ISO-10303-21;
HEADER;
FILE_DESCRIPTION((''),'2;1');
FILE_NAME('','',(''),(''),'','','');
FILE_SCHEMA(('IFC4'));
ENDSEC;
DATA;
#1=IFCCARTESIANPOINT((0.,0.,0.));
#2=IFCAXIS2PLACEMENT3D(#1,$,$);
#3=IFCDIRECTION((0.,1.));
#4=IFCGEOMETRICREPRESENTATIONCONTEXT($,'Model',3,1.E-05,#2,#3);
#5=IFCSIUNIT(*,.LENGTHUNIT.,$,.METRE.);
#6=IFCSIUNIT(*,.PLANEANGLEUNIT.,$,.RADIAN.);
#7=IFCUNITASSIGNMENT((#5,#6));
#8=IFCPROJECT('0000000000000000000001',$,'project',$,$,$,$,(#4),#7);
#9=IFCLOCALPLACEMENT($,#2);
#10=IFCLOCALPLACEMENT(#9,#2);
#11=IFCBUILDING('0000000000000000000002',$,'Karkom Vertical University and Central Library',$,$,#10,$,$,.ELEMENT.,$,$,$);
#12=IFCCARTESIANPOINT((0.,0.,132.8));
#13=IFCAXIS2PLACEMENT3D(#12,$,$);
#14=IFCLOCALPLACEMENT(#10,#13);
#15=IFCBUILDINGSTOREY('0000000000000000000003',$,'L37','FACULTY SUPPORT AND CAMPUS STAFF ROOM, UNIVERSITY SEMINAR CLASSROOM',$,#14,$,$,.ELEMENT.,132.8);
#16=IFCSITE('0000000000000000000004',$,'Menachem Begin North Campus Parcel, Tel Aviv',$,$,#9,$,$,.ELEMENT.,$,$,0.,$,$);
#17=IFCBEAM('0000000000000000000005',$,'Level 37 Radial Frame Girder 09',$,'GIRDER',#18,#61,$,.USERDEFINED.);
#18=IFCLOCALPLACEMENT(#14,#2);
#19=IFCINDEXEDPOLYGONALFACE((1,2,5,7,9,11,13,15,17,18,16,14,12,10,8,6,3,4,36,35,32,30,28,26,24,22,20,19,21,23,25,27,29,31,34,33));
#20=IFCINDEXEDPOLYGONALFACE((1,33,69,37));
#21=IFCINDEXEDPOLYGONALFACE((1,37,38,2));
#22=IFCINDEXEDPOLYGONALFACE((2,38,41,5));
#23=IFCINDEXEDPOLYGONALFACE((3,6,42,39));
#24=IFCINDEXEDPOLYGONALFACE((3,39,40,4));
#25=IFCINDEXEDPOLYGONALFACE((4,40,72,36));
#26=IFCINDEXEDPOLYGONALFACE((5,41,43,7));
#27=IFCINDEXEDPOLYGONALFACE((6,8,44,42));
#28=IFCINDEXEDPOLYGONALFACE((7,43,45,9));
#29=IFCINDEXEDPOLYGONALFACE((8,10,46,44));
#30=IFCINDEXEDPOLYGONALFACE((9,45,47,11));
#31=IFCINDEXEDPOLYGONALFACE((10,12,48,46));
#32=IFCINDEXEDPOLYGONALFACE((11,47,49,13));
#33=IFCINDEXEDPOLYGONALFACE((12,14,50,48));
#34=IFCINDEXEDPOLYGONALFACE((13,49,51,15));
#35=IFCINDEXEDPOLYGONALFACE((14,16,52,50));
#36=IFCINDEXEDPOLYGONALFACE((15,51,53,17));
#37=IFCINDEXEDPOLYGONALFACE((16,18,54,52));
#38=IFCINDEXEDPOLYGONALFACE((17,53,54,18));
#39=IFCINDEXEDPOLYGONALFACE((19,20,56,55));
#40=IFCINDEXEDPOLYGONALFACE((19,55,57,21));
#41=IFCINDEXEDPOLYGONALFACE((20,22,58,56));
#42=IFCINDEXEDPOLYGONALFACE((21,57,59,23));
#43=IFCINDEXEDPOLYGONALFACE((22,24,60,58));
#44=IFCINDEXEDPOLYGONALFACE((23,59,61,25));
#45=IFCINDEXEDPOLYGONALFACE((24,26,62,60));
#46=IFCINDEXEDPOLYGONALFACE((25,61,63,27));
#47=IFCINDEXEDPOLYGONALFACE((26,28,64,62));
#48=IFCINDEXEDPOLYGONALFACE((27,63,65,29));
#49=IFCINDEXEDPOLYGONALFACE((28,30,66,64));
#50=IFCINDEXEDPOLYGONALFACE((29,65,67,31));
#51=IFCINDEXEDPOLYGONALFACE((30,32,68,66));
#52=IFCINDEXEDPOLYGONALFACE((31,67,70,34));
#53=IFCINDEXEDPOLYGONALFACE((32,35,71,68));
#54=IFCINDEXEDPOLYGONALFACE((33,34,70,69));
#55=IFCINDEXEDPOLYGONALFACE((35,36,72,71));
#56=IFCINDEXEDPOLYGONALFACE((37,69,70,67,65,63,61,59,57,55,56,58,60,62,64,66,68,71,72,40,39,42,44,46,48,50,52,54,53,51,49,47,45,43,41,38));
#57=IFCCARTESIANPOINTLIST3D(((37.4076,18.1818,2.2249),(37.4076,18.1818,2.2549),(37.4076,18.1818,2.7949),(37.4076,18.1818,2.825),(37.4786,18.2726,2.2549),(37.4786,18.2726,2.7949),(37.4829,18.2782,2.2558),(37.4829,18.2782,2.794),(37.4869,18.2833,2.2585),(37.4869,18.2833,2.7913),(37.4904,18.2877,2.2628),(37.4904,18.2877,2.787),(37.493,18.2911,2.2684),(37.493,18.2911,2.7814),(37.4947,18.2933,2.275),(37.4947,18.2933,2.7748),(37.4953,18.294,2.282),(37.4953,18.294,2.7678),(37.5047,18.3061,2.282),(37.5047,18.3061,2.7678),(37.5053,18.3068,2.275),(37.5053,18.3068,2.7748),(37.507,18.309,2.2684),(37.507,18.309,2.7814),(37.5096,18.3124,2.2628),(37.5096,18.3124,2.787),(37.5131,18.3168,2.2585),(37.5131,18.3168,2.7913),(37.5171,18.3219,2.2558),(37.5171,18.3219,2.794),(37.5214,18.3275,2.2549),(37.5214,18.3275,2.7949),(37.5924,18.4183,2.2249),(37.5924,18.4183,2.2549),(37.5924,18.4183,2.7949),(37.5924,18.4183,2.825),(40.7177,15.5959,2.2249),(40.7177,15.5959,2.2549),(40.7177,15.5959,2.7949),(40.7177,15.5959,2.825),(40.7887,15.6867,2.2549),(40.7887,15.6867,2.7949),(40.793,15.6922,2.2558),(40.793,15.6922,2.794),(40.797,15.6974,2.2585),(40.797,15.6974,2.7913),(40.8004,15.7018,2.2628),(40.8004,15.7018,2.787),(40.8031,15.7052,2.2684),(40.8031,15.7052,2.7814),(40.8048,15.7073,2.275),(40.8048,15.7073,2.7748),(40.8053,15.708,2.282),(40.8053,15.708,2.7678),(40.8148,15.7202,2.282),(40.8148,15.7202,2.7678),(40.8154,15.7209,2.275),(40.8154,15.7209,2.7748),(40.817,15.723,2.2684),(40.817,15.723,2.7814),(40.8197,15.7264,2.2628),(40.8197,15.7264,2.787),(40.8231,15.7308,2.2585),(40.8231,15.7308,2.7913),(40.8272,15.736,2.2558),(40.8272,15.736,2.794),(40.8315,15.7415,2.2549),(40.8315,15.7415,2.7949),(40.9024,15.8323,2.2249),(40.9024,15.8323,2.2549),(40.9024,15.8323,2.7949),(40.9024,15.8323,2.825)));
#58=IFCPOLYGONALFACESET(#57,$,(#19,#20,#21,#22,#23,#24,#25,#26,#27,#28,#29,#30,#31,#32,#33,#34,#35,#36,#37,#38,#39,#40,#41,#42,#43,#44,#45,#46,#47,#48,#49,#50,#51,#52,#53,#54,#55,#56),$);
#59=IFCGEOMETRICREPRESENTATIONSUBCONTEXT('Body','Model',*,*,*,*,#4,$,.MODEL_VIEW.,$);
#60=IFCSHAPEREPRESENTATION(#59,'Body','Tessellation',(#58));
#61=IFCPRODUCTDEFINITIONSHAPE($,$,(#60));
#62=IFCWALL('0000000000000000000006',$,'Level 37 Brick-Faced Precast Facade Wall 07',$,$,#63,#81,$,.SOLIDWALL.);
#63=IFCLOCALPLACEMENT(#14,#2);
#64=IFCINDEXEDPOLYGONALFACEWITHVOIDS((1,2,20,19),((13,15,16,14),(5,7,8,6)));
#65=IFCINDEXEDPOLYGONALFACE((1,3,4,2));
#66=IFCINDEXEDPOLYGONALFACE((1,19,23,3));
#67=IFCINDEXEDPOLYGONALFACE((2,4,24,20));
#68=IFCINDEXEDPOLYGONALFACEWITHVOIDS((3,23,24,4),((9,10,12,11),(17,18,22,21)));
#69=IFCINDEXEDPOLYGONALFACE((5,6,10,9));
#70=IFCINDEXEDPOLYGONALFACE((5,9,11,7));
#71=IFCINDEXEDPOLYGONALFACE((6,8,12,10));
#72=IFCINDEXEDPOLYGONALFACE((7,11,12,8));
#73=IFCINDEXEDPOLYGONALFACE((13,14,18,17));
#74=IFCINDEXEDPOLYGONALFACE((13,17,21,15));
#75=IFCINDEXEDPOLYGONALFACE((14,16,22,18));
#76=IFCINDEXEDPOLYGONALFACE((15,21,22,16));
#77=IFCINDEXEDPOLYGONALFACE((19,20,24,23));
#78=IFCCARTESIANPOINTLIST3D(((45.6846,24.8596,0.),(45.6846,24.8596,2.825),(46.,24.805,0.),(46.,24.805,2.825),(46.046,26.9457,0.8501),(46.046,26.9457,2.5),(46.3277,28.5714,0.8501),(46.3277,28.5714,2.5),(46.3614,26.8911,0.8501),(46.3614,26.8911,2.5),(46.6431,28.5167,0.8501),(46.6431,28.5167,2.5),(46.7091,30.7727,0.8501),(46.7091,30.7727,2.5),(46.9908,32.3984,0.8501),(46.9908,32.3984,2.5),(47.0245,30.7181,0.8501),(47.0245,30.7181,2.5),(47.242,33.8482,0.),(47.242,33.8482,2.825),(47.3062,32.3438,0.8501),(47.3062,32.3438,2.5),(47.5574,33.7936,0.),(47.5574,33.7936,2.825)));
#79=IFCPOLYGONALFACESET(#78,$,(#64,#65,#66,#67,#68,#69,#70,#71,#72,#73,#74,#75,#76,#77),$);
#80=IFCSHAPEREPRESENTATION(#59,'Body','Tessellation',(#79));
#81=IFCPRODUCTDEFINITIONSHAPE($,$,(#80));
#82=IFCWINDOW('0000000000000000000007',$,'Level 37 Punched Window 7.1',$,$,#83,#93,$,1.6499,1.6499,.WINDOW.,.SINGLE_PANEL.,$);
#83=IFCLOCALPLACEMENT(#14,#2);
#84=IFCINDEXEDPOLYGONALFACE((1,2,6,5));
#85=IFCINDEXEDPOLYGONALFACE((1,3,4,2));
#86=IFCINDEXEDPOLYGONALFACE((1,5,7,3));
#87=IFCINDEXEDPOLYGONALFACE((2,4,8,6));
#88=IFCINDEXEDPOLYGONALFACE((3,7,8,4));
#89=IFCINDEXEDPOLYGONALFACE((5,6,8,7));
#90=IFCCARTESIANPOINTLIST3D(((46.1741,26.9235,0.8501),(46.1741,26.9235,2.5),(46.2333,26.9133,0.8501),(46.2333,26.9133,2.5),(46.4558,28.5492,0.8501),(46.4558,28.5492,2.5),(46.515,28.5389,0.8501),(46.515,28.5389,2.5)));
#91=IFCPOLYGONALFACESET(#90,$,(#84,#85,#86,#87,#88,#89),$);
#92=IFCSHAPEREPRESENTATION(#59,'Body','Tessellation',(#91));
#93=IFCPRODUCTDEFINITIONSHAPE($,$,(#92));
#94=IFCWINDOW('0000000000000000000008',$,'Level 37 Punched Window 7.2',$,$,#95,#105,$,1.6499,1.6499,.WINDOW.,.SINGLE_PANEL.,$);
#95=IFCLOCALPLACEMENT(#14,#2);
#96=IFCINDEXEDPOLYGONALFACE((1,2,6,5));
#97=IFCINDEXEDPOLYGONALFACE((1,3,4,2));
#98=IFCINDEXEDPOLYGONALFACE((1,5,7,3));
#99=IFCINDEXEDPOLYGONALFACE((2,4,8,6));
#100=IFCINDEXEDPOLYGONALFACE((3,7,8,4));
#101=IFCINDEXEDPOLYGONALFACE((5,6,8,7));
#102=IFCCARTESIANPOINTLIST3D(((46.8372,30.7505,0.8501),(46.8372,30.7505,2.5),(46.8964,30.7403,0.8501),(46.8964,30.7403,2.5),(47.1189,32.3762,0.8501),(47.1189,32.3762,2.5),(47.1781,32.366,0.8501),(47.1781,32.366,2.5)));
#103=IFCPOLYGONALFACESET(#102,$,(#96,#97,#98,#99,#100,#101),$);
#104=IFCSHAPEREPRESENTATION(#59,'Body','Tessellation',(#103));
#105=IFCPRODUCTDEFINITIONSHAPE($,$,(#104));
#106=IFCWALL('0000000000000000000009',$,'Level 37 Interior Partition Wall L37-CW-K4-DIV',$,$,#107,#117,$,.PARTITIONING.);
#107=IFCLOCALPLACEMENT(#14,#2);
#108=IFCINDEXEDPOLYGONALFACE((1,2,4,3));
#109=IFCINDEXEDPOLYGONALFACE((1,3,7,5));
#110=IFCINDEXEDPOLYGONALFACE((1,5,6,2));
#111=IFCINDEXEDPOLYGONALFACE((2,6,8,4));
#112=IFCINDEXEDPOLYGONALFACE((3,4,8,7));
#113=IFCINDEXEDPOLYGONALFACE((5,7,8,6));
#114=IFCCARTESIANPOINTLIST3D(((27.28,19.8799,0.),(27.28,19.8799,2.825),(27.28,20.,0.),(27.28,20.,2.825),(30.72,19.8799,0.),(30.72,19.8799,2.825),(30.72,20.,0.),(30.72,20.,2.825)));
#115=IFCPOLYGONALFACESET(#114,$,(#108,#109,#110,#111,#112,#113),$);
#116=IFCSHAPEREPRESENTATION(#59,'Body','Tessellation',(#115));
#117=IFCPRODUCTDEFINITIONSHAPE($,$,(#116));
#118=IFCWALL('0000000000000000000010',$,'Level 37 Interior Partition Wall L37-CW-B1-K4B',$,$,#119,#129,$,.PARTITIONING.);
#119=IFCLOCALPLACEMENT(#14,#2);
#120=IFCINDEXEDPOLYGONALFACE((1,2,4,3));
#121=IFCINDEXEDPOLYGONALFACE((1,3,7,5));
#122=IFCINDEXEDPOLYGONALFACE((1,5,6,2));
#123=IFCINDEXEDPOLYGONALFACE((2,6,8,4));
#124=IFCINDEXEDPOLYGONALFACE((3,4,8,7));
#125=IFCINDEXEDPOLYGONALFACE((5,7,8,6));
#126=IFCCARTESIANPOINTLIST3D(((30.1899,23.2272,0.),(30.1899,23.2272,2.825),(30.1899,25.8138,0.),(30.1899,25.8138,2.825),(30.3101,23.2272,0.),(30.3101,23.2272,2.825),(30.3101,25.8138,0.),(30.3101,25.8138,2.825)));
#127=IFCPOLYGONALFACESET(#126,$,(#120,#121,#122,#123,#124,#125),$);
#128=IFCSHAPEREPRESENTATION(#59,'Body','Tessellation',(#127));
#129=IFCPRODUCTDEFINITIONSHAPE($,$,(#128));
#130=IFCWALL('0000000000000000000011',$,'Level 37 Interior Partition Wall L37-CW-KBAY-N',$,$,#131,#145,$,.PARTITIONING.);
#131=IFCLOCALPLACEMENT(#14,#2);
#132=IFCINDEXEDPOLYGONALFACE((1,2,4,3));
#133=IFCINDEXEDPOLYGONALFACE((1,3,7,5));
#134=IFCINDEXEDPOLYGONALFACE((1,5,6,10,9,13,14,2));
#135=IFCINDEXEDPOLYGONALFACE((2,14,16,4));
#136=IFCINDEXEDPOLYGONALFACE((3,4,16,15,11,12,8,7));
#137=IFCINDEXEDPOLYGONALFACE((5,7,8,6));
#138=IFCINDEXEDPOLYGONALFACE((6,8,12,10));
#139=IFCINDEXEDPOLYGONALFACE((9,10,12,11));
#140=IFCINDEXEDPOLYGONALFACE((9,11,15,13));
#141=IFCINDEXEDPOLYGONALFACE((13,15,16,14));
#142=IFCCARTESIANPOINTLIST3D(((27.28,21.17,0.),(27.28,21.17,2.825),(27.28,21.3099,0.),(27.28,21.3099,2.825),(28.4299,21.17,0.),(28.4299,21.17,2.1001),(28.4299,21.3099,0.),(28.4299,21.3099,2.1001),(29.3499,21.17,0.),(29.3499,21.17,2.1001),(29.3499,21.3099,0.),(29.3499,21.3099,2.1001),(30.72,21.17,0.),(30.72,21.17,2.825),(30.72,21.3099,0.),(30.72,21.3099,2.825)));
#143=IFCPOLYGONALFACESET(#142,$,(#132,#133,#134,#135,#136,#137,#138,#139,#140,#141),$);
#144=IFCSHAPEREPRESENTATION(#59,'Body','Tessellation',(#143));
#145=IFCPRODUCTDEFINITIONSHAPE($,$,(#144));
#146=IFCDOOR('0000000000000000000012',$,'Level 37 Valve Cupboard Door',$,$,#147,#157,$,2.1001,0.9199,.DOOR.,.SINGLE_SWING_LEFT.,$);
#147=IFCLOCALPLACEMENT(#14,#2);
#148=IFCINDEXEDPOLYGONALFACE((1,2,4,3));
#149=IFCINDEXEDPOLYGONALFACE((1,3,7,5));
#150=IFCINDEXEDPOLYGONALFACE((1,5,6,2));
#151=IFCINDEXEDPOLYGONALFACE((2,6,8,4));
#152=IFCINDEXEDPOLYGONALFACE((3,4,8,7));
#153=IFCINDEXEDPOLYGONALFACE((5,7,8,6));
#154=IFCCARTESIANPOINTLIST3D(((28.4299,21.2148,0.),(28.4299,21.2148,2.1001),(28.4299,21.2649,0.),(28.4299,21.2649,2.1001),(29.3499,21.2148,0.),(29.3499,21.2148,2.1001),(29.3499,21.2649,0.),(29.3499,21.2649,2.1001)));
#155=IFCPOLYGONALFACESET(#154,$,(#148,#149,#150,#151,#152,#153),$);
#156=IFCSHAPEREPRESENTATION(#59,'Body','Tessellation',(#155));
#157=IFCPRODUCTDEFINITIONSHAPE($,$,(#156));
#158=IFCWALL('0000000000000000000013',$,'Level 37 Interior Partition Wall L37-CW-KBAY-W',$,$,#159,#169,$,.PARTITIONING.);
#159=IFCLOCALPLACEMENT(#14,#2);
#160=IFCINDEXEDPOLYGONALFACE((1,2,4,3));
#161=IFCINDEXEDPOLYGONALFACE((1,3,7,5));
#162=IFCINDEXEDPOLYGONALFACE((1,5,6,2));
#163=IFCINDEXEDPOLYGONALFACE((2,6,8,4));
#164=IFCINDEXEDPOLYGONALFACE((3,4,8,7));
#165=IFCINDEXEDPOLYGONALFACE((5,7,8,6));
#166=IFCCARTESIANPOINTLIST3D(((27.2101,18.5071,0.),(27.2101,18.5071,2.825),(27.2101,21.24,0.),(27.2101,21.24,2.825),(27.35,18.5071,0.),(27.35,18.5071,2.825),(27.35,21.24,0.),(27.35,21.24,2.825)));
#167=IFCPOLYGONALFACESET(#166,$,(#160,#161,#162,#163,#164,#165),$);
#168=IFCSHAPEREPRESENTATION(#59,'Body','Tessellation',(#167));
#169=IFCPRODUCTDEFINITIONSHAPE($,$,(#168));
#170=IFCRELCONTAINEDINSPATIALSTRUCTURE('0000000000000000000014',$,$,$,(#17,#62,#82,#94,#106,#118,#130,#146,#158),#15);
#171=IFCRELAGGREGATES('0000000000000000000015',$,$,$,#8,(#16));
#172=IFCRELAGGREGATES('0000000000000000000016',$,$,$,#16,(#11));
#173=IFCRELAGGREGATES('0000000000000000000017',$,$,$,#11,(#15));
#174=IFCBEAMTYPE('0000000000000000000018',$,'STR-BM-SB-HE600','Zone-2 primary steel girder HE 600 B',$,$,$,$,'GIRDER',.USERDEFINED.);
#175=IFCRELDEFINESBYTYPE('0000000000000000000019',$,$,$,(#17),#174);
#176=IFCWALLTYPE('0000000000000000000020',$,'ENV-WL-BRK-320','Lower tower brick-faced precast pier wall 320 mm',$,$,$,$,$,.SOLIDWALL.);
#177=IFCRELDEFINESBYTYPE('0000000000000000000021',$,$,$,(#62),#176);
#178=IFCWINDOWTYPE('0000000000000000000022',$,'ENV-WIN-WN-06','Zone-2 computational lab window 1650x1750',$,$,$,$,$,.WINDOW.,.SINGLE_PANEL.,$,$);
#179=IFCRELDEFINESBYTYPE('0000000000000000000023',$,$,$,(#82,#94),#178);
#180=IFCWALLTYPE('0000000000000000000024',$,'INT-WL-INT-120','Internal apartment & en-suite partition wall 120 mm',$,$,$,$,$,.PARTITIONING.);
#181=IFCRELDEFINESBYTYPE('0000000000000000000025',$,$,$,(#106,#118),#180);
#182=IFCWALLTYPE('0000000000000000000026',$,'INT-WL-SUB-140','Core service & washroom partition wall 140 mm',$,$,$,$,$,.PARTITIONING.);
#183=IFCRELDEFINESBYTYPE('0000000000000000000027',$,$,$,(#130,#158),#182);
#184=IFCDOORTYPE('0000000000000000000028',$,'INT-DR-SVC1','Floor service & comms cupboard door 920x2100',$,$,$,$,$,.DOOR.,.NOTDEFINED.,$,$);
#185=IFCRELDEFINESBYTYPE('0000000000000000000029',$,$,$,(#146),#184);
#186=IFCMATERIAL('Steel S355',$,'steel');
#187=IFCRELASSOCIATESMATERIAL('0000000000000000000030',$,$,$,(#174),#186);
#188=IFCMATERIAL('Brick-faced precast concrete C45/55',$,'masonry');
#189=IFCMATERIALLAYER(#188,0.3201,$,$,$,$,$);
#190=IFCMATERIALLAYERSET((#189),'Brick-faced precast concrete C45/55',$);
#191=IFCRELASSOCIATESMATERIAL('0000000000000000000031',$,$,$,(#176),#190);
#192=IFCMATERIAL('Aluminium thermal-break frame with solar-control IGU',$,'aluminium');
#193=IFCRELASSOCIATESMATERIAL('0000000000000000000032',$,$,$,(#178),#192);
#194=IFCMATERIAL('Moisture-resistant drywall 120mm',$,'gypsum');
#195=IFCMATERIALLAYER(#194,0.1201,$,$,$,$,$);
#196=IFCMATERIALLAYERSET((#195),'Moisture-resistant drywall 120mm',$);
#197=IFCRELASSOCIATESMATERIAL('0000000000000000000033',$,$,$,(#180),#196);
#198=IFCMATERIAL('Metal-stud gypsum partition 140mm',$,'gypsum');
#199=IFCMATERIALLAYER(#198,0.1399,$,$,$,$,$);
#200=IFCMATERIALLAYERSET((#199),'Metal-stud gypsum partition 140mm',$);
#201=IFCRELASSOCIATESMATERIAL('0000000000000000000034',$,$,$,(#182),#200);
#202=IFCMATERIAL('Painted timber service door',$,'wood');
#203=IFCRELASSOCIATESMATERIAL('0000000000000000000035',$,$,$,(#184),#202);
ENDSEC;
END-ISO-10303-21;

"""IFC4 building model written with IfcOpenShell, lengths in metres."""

from ifc_helpers import new_model, si_unit, direction, frame, frame_2d, origin, origin_with_axes, origin_2d, place, context, subcontext, project, spatial, rectangle, i_section, extrude, source, transform, mapped, material, layer, layer_set, material_profile, profile_set, type_object, element, fill, save


model = new_model("IFC4")

# Units and contexts
model_context = context("Model", 3, precision=1e-05, world=origin(), true_north=direction((0.0, 1.0)))
body_context = subcontext(model_context, "Body", "Model", "MODEL_VIEW")
ifc_project = project(units=[si_unit("LENGTHUNIT", "METRE"), si_unit("PLANEANGLEUNIT", "RADIAN")], contexts=[model_context])

# Site, building, storey
site_placement = place(None, origin())
site = spatial("IfcSite", under=ifc_project, at=site_placement, Name="Menachem Begin North Campus Parcel, Tel Aviv", CompositionType="ELEMENT", RefElevation=0.0)
building_placement = place(site_placement, origin())
building = spatial("IfcBuilding", under=site, at=building_placement, Name="Karkom Vertical University and Central Library", CompositionType="ELEMENT")
storey_placement = place(building_placement, frame((0.0, 0.0, 132.8)))
storey = spatial("IfcBuildingStorey", under=building, at=storey_placement, Name="L37", Description="FACULTY SUPPORT AND CAMPUS STAFF ROOM, UNIVERSITY SEMINAR CLASSROOM", CompositionType="ELEMENT", Elevation=132.8)

# Beam
ifc_material_1 = material(Name="Steel S355", Category="steel")
ifc_material_profile_1 = material_profile(ifc_material_1, i_section(OverallWidth=0.3, OverallDepth=0.6001, WebThickness=0.0154, FlangeThickness=0.03, FilletRadius=0.0271, at=origin_2d()), Name="HE 600 B")
ifc_profile_set_1 = profile_set([ifc_material_profile_1], Name="Steel S355")
beam_type_1 = type_object("IfcBeamType", Name="STR-BM-SB-HE600", Description="Zone-2 primary steel girder HE 600 B", ElementType="GIRDER", PredefinedType="USERDEFINED", material=ifc_profile_set_1)
shared_shape_1 = source(origin_with_axes(), body_context, "Body", "SweptSolid", [
    extrude(i_section(OverallWidth=0.3, OverallDepth=0.6001, WebThickness=0.0154, FlangeThickness=0.03, FilletRadius=0.0271, at=origin_2d()), origin(), (0.0, 0.0, 1.0), 4.2004),
])
beam_1_placement = place(storey_placement, frame((37.5, 18.3, 2.5249), z_axis=(0.78803, -0.615637, 0.0), x_axis=(0.615637, 0.78803, 0.0)))
element("IfcBeam", 1, at=beam_1_placement, inside=storey, type_object=beam_type_1, Name="Level 37 Radial Frame Girder 09", ObjectType="GIRDER", PredefinedType="USERDEFINED", context=body_context, shape_type="MappedRepresentation", body=[
    mapped(shared_shape_1, transform((0.0, 0.0, 0.0), scale=1.0)),
])

# Wall, openings, windows
ifc_material_2 = material(Name="Brick-faced precast concrete C45/55", Category="masonry")
ifc_layer_1 = layer(ifc_material_2, 0.3201)
ifc_layer_set_1 = layer_set([ifc_layer_1], Name="Brick-faced precast concrete C45/55")
wall_type_1 = type_object("IfcWallType", Name="ENV-WL-BRK-320", Description="Lower tower brick-faced precast pier wall 320 mm", PredefinedType="SOLIDWALL", material=ifc_layer_set_1)
wall_1_placement = place(storey_placement, frame((45.8423, 24.8323, 0.0), z_axis=(0.0, 0.0, 1.0), x_axis=(0.170719, 0.98532, 0.0)))
wall_1 = element("IfcWall", 2, at=wall_1_placement, inside=storey, type_object=wall_type_1, Name="Level 37 Brick-Faced Precast Facade Wall 07", PredefinedType="SOLIDWALL", context=body_context, shape_type="SweptSolid", body=[
    extrude(rectangle(XDim=9.1226, YDim=0.3201, at=frame_2d((4.5613, 0.0))), origin(), (0.0, 0.0, 1.0), 2.825),
])
opening_1_placement = place(wall_1_placement, frame((2.1172, 0.0, 0.8501)))
opening_1 = element("IfcOpeningElement", 3, at=opening_1_placement, cuts=wall_1, PredefinedType="OPENING", context=body_context, shape_type="SweptSolid", body=[
    extrude(rectangle(XDim=1.6499, YDim=1.6499, at=frame_2d((0.825, 0.825))), frame((0.0, 0.1699, 0.0), z_axis=(0.0, -1.0, 0.0), x_axis=(1.0, 0.0, 0.0)), (0.0, 0.0, 1.0), 0.3401),
])
opening_2_placement = place(wall_1_placement, frame((6.0012, 0.0, 0.8501)))
opening_2 = element("IfcOpeningElement", 4, at=opening_2_placement, cuts=wall_1, PredefinedType="OPENING", context=body_context, shape_type="SweptSolid", body=[
    extrude(rectangle(XDim=1.6499, YDim=1.6499, at=frame_2d((0.825, 0.825))), frame((0.0, 0.1699, 0.0), z_axis=(0.0, -1.0, 0.0), x_axis=(1.0, 0.0, 0.0)), (0.0, 0.0, 1.0), 0.3401),
])
ifc_material_3 = material(Name="Aluminium thermal-break frame with solar-control IGU", Category="aluminium")
window_type = type_object("IfcWindowType", Name="ENV-WIN-WN-06", Description="Zone-2 computational lab window 1650x1750", PartitioningType="SINGLE_PANEL", PredefinedType="WINDOW", material=ifc_material_3)
shared_shape_2 = source(origin_with_axes(), body_context, "Body", "SweptSolid", [
    extrude(rectangle(XDim=1.6499, YDim=1.6499, at=frame_2d((0.825, 0.825))), frame((0.0, 0.03, 0.0), z_axis=(0.0, -1.0, 0.0), x_axis=(1.0, 0.0, 0.0)), (0.0, 0.0, 1.0), 0.0601),
])
window_1_placement = place(opening_1_placement, origin())
window_1 = element("IfcWindow", 5, at=window_1_placement, inside=storey, type_object=window_type, Name="Level 37 Punched Window 7.1", OverallHeight=1.6499, OverallWidth=1.6499, PartitioningType="SINGLE_PANEL", PredefinedType="WINDOW", context=body_context, shape_type="MappedRepresentation", body=[
    mapped(shared_shape_2, transform((0.0, 0.0, 0.0), scale=1.0)),
])
fill(opening_1, window_1)
window_2_placement = place(opening_2_placement, origin())
window_2 = element("IfcWindow", 6, at=window_2_placement, inside=storey, type_object=window_type, Name="Level 37 Punched Window 7.2", OverallHeight=1.6499, OverallWidth=1.6499, PartitioningType="SINGLE_PANEL", PredefinedType="WINDOW", context=body_context, shape_type="MappedRepresentation", body=[
    mapped(shared_shape_2, transform((0.0, 0.0, 0.0), scale=1.0)),
])
fill(opening_2, window_2)

# Walls
ifc_material_4 = material(Name="Moisture-resistant drywall 120mm", Category="gypsum")
ifc_layer_2 = layer(ifc_material_4, 0.1201)
ifc_layer_set_2 = layer_set([ifc_layer_2], Name="Moisture-resistant drywall 120mm")
wall_type_2 = type_object("IfcWallType", Name="INT-WL-INT-120", Description="Internal apartment & en-suite partition wall 120 mm", PredefinedType="PARTITIONING", material=ifc_layer_set_2)
wall_2_placement = place(storey_placement, frame((27.28, 19.9399, 0.0), z_axis=(0.0, 0.0, 1.0), x_axis=(1.0, 0.0, 0.0)))
element("IfcWall", 7, at=wall_2_placement, inside=storey, type_object=wall_type_2, Name="Level 37 Interior Partition Wall L37-CW-K4-DIV", PredefinedType="PARTITIONING", context=body_context, shape_type="SweptSolid", body=[
    extrude(rectangle(XDim=3.4399, YDim=0.1201, at=frame_2d((1.72, 0.0))), origin(), (0.0, 0.0, 1.0), 2.825),
])
wall_3_placement = place(storey_placement, frame((30.25, 23.2271, 0.0), z_axis=(0.0, 0.0, 1.0), x_axis=(0.0, 1.0, 0.0)))
element("IfcWall", 8, at=wall_3_placement, inside=storey, type_object=wall_type_2, Name="Level 37 Interior Partition Wall L37-CW-B1-K4B", PredefinedType="PARTITIONING", context=body_context, shape_type="SweptSolid", body=[
    extrude(rectangle(XDim=2.5867, YDim=0.1201, at=frame_2d((1.2935, 0.0))), origin(), (0.0, 0.0, 1.0), 2.825),
])

# Wall, opening, door
ifc_material_5 = material(Name="Metal-stud gypsum partition 140mm", Category="gypsum")
ifc_layer_3 = layer(ifc_material_5, 0.1399)
ifc_layer_set_3 = layer_set([ifc_layer_3], Name="Metal-stud gypsum partition 140mm")
wall_type_3 = type_object("IfcWallType", Name="INT-WL-SUB-140", Description="Core service & washroom partition wall 140 mm", PredefinedType="PARTITIONING", material=ifc_layer_set_3)
wall_4_placement = place(storey_placement, frame((27.28, 21.24, 0.0), z_axis=(0.0, 0.0, 1.0), x_axis=(1.0, 0.0, 0.0)))
wall_4 = element("IfcWall", 9, at=wall_4_placement, inside=storey, type_object=wall_type_3, Name="Level 37 Interior Partition Wall L37-CW-KBAY-N", PredefinedType="PARTITIONING", context=body_context, shape_type="SweptSolid", body=[
    extrude(rectangle(XDim=3.4399, YDim=0.1399, at=frame_2d((1.72, 0.0))), origin(), (0.0, 0.0, 1.0), 2.825),
])
opening_3_placement = place(wall_4_placement, frame((1.1499, 0.0, 0.0)))
opening_3 = element("IfcOpeningElement", 10, at=opening_3_placement, cuts=wall_4, PredefinedType="OPENING", context=body_context, shape_type="SweptSolid", body=[
    extrude(rectangle(XDim=0.9199, YDim=2.1001, at=frame_2d((0.46, 1.05))), frame((0.0, 0.0801, 0.0), z_axis=(0.0, -1.0, 0.0), x_axis=(1.0, 0.0, 0.0)), (0.0, 0.0, 1.0), 0.1599),
])
ifc_material_6 = material(Name="Painted timber service door", Category="wood")
door_type_1 = type_object("IfcDoorType", Name="INT-DR-SVC1", Description="Floor service & comms cupboard door 920x2100", OperationType="NOTDEFINED", PredefinedType="DOOR", material=ifc_material_6)
shared_shape_3 = source(origin_with_axes(), body_context, "Body", "SweptSolid", [
    extrude(rectangle(XDim=0.9199, YDim=2.1001, at=frame_2d((0.46, 1.05))), frame((0.0, 0.0249, 0.0), z_axis=(0.0, -1.0, 0.0), x_axis=(1.0, 0.0, 0.0)), (0.0, 0.0, 1.0), 0.05),
])
door_1_placement = place(opening_3_placement, origin())
door_1 = element("IfcDoor", 11, at=door_1_placement, inside=storey, type_object=door_type_1, Name="Level 37 Valve Cupboard Door", OperationType="SINGLE_SWING_LEFT", OverallHeight=2.1001, OverallWidth=0.9199, PredefinedType="DOOR", context=body_context, shape_type="MappedRepresentation", body=[
    mapped(shared_shape_3, transform((0.0, 0.0, 0.0), scale=1.0)),
])
fill(opening_3, door_1)

# Wall
wall_5_placement = place(storey_placement, frame((27.28, 18.5071, 0.0), z_axis=(0.0, 0.0, 1.0), x_axis=(0.0, 1.0, 0.0)))
element("IfcWall", 12, at=wall_5_placement, inside=storey, type_object=wall_type_3, Name="Level 37 Interior Partition Wall L37-CW-KBAY-W", PredefinedType="PARTITIONING", context=body_context, shape_type="SweptSolid", body=[
    extrude(rectangle(XDim=2.7329, YDim=0.1399, at=frame_2d((1.3665, 0.0))), origin(), (0.0, 0.0, 1.0), 2.825),
])

save(model, "model.ifc")
